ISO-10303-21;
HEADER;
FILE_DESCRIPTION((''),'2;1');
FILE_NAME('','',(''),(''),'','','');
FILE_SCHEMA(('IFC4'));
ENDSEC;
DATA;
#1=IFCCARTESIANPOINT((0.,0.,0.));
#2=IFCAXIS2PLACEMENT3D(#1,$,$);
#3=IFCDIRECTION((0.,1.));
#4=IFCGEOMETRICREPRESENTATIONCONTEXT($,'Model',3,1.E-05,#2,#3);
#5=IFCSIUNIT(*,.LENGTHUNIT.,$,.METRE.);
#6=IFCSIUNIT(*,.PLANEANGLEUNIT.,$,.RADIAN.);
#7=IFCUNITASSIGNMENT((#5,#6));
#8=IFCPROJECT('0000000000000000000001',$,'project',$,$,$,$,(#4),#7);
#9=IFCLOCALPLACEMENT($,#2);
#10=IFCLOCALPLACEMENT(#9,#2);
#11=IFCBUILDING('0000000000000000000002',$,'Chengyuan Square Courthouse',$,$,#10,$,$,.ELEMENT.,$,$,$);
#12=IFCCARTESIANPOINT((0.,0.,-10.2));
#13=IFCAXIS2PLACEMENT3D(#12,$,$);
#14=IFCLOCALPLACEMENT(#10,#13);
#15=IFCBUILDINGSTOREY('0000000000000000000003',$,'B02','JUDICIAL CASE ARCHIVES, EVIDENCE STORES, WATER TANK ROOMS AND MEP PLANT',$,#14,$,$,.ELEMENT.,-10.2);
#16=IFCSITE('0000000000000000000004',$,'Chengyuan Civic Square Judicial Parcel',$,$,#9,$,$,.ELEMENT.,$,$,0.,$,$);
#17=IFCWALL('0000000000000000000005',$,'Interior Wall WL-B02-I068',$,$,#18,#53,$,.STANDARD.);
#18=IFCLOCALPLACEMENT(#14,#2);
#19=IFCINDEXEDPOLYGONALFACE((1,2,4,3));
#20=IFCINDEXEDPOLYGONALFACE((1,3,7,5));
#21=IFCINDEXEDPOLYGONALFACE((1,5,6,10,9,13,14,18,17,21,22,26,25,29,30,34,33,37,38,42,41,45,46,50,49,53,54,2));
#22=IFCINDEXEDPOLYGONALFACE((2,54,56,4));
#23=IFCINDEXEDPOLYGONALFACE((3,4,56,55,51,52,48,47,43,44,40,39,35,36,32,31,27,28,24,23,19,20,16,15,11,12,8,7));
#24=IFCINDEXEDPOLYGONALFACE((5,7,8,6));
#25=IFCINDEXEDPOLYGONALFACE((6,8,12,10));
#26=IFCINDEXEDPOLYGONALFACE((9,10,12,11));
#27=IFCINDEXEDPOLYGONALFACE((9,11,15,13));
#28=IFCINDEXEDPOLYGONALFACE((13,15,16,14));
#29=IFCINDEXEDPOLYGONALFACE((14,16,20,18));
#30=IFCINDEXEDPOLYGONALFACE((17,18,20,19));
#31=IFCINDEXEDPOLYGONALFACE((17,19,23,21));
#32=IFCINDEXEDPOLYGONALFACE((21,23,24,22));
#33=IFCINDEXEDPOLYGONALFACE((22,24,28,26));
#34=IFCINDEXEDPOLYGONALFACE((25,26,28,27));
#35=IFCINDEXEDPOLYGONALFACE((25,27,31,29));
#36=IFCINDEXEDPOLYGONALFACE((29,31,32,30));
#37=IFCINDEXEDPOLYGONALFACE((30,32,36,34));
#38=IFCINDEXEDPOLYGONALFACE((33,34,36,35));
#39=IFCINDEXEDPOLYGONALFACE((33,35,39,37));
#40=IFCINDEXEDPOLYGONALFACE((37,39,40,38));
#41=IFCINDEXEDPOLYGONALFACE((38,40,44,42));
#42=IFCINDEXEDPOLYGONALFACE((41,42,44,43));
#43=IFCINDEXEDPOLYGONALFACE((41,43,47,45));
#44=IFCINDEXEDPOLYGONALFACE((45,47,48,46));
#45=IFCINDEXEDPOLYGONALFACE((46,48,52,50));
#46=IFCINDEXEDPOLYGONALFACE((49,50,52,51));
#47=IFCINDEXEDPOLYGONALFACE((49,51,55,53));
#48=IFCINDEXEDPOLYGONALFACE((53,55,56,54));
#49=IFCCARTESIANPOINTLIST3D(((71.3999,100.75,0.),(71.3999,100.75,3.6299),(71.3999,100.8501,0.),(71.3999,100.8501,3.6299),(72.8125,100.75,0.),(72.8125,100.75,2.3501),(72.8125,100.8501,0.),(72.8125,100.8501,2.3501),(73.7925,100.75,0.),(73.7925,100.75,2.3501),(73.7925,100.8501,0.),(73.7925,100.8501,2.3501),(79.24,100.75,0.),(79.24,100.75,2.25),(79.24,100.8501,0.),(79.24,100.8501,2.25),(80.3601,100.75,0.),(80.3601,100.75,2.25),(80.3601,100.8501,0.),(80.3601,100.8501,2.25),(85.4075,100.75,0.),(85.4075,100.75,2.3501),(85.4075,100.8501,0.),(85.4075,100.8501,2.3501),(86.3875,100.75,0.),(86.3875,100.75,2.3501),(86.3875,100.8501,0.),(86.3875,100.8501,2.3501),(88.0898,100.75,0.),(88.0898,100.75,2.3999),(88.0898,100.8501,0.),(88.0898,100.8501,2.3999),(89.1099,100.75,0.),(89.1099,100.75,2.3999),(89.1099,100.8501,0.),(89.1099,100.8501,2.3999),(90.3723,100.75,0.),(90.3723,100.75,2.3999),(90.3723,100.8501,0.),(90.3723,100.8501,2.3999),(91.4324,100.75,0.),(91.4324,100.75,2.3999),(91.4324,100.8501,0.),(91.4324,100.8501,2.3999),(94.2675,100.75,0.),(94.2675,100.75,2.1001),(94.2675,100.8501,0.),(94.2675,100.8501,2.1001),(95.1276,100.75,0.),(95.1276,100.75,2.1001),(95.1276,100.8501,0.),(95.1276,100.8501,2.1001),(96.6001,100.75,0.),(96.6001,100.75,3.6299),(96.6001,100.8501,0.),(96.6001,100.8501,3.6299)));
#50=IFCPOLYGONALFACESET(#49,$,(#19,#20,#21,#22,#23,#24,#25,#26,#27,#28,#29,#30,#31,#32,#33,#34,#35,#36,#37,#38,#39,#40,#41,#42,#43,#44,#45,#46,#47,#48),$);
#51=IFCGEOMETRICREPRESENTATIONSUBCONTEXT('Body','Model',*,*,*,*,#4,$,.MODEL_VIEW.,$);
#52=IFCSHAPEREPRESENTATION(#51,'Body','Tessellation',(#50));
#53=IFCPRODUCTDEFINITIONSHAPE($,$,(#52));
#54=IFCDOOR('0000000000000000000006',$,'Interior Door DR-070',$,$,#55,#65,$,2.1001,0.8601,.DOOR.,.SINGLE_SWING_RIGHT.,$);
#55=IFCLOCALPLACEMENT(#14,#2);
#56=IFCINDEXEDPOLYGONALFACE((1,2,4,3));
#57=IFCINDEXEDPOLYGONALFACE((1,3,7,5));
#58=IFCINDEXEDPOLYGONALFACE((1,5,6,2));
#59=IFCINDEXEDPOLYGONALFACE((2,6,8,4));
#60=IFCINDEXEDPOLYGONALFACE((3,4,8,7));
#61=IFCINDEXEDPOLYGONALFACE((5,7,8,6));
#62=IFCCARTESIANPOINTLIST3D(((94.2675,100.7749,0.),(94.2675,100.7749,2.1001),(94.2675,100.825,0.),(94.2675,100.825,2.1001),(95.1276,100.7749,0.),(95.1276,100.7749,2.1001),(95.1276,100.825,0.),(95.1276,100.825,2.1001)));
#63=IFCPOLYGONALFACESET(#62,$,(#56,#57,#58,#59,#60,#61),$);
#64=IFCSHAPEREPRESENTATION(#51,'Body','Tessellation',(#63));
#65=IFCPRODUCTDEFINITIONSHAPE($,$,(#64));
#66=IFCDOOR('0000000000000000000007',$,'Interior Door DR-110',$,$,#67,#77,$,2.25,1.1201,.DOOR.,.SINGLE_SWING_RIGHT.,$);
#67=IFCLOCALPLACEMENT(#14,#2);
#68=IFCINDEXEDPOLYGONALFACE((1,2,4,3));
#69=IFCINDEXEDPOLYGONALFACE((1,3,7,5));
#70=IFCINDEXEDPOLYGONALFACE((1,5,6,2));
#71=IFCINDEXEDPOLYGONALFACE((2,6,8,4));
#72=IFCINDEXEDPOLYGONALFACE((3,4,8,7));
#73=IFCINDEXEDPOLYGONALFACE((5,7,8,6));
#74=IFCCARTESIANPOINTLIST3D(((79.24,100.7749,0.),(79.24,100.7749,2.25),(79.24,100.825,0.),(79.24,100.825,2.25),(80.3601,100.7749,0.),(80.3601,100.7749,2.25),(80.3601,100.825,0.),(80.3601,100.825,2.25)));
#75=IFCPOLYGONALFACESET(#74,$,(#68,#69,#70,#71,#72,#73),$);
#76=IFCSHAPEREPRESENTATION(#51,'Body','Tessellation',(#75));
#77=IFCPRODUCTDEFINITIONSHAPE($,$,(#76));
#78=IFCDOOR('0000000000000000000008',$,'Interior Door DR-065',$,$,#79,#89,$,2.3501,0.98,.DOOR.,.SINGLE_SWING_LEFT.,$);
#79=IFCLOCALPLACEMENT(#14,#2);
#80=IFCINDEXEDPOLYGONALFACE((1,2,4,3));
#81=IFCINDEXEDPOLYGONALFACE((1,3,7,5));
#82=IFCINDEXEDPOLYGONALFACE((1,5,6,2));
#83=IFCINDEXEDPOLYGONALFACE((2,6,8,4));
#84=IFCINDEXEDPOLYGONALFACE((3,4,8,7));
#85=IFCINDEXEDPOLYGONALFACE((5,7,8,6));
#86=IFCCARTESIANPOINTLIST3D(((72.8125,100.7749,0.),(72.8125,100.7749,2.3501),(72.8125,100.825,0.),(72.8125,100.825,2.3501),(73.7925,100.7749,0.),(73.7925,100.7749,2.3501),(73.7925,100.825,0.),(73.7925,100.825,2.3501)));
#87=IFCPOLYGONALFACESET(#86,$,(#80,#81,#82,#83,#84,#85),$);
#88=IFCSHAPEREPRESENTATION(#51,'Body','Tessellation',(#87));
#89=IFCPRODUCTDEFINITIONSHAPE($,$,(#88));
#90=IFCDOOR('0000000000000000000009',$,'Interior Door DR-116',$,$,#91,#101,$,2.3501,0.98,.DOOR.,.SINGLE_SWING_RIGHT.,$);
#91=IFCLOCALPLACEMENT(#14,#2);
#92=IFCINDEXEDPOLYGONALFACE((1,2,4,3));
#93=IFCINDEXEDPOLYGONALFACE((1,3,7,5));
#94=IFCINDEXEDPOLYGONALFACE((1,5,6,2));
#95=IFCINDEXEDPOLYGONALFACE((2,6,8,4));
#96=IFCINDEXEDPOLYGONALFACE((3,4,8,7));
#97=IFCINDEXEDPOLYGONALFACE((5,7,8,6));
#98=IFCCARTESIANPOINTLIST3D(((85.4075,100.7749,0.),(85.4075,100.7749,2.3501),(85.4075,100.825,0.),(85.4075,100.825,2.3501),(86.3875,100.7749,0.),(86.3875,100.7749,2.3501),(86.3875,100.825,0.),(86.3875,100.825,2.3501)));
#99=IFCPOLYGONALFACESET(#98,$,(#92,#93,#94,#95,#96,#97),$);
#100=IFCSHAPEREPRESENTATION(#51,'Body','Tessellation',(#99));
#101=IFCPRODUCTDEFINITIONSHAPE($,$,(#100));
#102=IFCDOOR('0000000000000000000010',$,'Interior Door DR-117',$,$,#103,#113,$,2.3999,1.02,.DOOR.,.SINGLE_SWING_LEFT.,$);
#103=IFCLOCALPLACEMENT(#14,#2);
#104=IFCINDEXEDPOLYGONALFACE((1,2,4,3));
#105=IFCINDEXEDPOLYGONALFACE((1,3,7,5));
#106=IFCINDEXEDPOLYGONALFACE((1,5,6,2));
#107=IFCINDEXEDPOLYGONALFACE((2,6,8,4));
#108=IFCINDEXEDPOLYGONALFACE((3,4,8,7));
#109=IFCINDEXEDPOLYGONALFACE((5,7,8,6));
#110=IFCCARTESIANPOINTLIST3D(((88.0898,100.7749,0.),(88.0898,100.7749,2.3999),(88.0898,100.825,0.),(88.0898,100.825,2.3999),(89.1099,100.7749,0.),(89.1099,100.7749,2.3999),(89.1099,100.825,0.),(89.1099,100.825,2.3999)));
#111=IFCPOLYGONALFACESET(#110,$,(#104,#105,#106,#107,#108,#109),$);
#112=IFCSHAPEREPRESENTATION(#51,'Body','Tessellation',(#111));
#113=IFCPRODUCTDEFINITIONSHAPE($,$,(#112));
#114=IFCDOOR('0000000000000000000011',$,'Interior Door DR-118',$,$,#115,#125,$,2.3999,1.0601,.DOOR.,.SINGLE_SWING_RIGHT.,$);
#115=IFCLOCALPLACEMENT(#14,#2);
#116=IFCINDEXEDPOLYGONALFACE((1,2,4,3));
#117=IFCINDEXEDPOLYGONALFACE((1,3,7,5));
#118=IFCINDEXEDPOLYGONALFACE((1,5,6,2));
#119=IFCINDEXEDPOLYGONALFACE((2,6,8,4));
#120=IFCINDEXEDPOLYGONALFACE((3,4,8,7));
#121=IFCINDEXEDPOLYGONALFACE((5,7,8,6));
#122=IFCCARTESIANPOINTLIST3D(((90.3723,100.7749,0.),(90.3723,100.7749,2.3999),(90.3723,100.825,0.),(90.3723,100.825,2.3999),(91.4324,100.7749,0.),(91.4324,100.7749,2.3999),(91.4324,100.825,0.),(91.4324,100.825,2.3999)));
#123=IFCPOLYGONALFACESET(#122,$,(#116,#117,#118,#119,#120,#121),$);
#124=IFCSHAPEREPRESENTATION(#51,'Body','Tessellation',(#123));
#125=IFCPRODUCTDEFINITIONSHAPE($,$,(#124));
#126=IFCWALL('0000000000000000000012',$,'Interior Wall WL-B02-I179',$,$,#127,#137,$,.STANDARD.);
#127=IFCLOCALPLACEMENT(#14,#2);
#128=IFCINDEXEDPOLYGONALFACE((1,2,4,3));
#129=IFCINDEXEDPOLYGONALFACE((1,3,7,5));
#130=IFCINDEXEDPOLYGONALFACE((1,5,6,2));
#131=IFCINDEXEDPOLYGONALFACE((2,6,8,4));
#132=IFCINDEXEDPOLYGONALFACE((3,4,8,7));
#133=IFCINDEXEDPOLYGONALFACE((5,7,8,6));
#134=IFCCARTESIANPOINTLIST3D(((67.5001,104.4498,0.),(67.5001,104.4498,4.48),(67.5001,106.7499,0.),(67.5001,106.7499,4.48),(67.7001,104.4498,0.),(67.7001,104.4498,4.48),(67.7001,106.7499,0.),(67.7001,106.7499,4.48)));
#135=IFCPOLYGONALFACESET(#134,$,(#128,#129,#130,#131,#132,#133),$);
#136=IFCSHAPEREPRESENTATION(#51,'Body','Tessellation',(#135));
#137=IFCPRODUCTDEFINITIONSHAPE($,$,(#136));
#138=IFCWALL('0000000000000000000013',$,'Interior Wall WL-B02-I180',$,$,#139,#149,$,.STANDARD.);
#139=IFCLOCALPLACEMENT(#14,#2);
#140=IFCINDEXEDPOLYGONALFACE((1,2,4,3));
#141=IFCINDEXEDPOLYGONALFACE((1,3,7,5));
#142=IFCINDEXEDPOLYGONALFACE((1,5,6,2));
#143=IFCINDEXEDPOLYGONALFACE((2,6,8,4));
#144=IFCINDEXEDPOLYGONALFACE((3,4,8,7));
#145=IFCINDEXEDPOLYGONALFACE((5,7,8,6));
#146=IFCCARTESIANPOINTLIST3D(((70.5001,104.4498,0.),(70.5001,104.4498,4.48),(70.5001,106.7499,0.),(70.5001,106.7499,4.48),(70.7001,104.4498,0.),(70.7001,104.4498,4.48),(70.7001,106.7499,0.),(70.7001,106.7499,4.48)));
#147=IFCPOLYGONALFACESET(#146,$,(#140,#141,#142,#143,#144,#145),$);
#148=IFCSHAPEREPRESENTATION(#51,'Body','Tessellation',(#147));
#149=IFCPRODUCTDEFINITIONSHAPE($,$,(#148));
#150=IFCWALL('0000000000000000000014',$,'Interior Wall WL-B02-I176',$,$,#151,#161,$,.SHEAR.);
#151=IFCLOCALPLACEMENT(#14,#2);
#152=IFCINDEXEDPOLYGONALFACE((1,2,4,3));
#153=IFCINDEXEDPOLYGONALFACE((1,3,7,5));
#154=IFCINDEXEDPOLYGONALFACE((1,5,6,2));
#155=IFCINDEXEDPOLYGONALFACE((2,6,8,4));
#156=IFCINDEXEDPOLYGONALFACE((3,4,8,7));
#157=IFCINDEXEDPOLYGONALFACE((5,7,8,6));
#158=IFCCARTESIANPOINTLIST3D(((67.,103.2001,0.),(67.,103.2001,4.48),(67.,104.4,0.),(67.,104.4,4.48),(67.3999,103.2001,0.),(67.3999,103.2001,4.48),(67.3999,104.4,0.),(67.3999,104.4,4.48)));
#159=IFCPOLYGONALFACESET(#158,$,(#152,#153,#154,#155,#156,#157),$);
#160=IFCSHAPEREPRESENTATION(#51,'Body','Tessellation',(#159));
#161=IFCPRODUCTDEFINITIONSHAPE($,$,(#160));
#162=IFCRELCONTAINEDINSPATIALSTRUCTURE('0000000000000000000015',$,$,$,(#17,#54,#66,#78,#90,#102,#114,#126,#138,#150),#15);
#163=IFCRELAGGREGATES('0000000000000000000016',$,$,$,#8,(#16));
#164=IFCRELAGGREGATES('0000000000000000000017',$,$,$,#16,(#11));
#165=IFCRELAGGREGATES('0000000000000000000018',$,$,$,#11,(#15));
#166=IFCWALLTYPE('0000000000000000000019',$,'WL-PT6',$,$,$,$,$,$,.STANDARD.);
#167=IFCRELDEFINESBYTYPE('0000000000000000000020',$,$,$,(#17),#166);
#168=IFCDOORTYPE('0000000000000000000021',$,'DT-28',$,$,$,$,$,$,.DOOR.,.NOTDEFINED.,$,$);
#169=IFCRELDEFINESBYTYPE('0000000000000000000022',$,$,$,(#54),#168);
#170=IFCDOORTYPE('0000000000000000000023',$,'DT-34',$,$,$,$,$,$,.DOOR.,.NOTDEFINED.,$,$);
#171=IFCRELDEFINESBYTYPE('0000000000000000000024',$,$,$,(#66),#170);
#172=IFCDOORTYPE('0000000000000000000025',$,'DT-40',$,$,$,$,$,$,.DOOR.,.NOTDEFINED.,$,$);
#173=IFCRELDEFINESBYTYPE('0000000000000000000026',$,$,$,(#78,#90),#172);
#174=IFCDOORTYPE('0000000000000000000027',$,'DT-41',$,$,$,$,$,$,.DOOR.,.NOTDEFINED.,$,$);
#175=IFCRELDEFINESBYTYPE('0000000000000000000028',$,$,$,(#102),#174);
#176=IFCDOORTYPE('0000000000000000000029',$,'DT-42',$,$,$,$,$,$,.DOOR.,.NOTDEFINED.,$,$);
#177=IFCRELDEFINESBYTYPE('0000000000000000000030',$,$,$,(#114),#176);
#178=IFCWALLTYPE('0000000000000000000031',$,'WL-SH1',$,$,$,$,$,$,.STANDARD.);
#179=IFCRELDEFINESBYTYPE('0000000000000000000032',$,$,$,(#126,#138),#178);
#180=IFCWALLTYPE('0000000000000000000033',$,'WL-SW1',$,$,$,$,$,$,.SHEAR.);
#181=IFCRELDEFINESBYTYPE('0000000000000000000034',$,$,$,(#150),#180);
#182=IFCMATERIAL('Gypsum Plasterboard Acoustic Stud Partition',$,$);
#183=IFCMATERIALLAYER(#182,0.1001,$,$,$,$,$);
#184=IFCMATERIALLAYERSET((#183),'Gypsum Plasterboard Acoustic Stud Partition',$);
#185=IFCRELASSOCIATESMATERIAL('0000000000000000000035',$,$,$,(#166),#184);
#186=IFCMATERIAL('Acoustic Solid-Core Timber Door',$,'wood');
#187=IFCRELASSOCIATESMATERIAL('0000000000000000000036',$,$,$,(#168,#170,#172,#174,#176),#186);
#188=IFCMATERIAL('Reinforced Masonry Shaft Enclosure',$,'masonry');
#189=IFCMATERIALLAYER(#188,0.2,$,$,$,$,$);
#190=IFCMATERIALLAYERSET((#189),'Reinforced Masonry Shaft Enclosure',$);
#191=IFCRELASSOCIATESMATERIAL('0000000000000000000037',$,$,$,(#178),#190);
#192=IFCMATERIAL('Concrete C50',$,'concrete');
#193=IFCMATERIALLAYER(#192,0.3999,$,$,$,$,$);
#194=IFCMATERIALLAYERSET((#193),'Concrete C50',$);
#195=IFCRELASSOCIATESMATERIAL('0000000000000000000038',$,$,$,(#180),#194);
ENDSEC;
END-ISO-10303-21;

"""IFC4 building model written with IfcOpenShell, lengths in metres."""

from ifc_helpers import new_model, si_unit, direction, frame, frame_2d, origin, place, context, subcontext, project, spatial, rectangle, extrude, material, layer, layer_set, type_object, element, fill, save


model = new_model("IFC4")

# Units and contexts
model_context = context("Model", 3, precision=1e-05, world=origin(), true_north=direction((0.0, 1.0)))
body_context = subcontext(model_context, "Body", "Model", "MODEL_VIEW")
ifc_project = project(units=[si_unit("LENGTHUNIT", "METRE"), si_unit("PLANEANGLEUNIT", "RADIAN")], contexts=[model_context])

# Site, building, storey
site_placement = place(None, origin())
site = spatial("IfcSite", under=ifc_project, at=site_placement, Name="Chengyuan Civic Square Judicial Parcel", CompositionType="ELEMENT", RefElevation=0.0)
building_placement = place(site_placement, origin())
building = spatial("IfcBuilding", under=site, at=building_placement, Name="Chengyuan Square Courthouse", CompositionType="ELEMENT")
storey_placement = place(building_placement, frame((0.0, 0.0, -10.2)))
storey = spatial("IfcBuildingStorey", under=building, at=storey_placement, Name="B02", Description="JUDICIAL CASE ARCHIVES, EVIDENCE STORES, WATER TANK ROOMS AND MEP PLANT", CompositionType="ELEMENT", Elevation=-10.2)

# Wall, openings, doors
ifc_material_1 = material(Name="Gypsum Plasterboard Acoustic Stud Partition")
ifc_layer_1 = layer(ifc_material_1, 0.1001)
ifc_layer_set_1 = layer_set([ifc_layer_1], Name="Gypsum Plasterboard Acoustic Stud Partition")
wall_type_1 = type_object("IfcWallType", Name="WL-PT6", PredefinedType="STANDARD", material=ifc_layer_set_1)
wall_1_placement = place(storey_placement, frame((71.3999, 100.8, 0.0), z_axis=(0.0, 0.0, 1.0), x_axis=(1.0, 0.0, 0.0)))
wall_1 = element("IfcWall", 1, at=wall_1_placement, inside=storey, type_object=wall_type_1, Name="Interior Wall WL-B02-I068", PredefinedType="STANDARD", context=body_context, shape_type="SweptSolid", body=[
    extrude(rectangle(XDim=25.2002, YDim=0.1001, at=frame_2d((12.6001, 0.0))), origin(), (0.0, 0.0, 1.0), 3.6299),
])
opening_1_placement = place(wall_1_placement, frame((1.4126, 0.0, 0.0)))
opening_1 = element("IfcOpeningElement", 2, at=opening_1_placement, cuts=wall_1, PredefinedType="OPENING", context=body_context, shape_type="SweptSolid", body=[
    extrude(rectangle(XDim=0.98, YDim=2.3501, at=frame_2d((0.49, 1.175))), frame((0.0, 0.062, 0.0), z_axis=(0.0, -1.0, 0.0), x_axis=(1.0, 0.0, 0.0)), (0.0, 0.0, 1.0), 0.124),
])
opening_2_placement = place(wall_1_placement, frame((22.8674, 0.0, 0.0)))
opening_2 = element("IfcOpeningElement", 3, at=opening_2_placement, cuts=wall_1, PredefinedType="OPENING", context=body_context, shape_type="SweptSolid", body=[
    extrude(rectangle(XDim=0.8601, YDim=2.1001, at=frame_2d((0.4302, 1.05))), frame((0.0, 0.062, 0.0), z_axis=(0.0, -1.0, 0.0), x_axis=(1.0, 0.0, 0.0)), (0.0, 0.0, 1.0), 0.124),
])
opening_3_placement = place(wall_1_placement, frame((7.8401, 0.0, 0.0)))
opening_3 = element("IfcOpeningElement", 4, at=opening_3_placement, cuts=wall_1, PredefinedType="OPENING", context=body_context, shape_type="SweptSolid", body=[
    extrude(rectangle(XDim=1.1201, YDim=2.25, at=frame_2d((0.5601, 1.125))), frame((0.0, 0.062, 0.0), z_axis=(0.0, -1.0, 0.0), x_axis=(1.0, 0.0, 0.0)), (0.0, 0.0, 1.0), 0.124),
])
opening_4_placement = place(wall_1_placement, frame((14.0076, 0.0, 0.0)))
opening_4 = element("IfcOpeningElement", 5, at=opening_4_placement, cuts=wall_1, PredefinedType="OPENING", context=body_context, shape_type="SweptSolid", body=[
    extrude(rectangle(XDim=0.98, YDim=2.3501, at=frame_2d((0.49, 1.175))), frame((0.0, 0.062, 0.0), z_axis=(0.0, -1.0, 0.0), x_axis=(1.0, 0.0, 0.0)), (0.0, 0.0, 1.0), 0.124),
])
opening_5_placement = place(wall_1_placement, frame((16.6899, 0.0, 0.0)))
opening_5 = element("IfcOpeningElement", 6, at=opening_5_placement, cuts=wall_1, PredefinedType="OPENING", context=body_context, shape_type="SweptSolid", body=[
    extrude(rectangle(XDim=1.02, YDim=2.3999, at=frame_2d((0.51, 1.2))), frame((0.0, 0.062, 0.0), z_axis=(0.0, -1.0, 0.0), x_axis=(1.0, 0.0, 0.0)), (0.0, 0.0, 1.0), 0.124),
])
opening_6_placement = place(wall_1_placement, frame((18.9724, 0.0, 0.0)))
opening_6 = element("IfcOpeningElement", 7, at=opening_6_placement, cuts=wall_1, PredefinedType="OPENING", context=body_context, shape_type="SweptSolid", body=[
    extrude(rectangle(XDim=1.0601, YDim=2.3999, at=frame_2d((0.53, 1.2))), frame((0.0, 0.062, 0.0), z_axis=(0.0, -1.0, 0.0), x_axis=(1.0, 0.0, 0.0)), (0.0, 0.0, 1.0), 0.124),
])
ifc_material_2 = material(Name="Acoustic Solid-Core Timber Door", Category="wood")
door_type_1 = type_object("IfcDoorType", Name="DT-28", OperationType="NOTDEFINED", PredefinedType="DOOR", material=ifc_material_2)
door_1_placement = place(opening_2_placement, origin())
door_1 = element("IfcDoor", 8, at=door_1_placement, inside=storey, type_object=door_type_1, Name="Interior Door DR-070", OperationType="SINGLE_SWING_RIGHT", OverallHeight=2.1001, OverallWidth=0.8601, PredefinedType="DOOR", context=body_context, shape_type="SweptSolid", body=[
    extrude(rectangle(XDim=0.8601, YDim=2.1001, at=frame_2d((0.4302, 1.05))), frame((0.0, 0.0249, 0.0), z_axis=(0.0, -1.0, 0.0), x_axis=(1.0, 0.0, 0.0)), (0.0, 0.0, 1.0), 0.05),
])
fill(opening_2, door_1)
door_type_2 = type_object("IfcDoorType", Name="DT-34", OperationType="NOTDEFINED", PredefinedType="DOOR", material=ifc_material_2)
door_2_placement = place(opening_3_placement, origin())
door_2 = element("IfcDoor", 9, at=door_2_placement, inside=storey, type_object=door_type_2, Name="Interior Door DR-110", OperationType="SINGLE_SWING_RIGHT", OverallHeight=2.25, OverallWidth=1.1201, PredefinedType="DOOR", context=body_context, shape_type="SweptSolid", body=[
    extrude(rectangle(XDim=1.1201, YDim=2.25, at=frame_2d((0.5601, 1.125))), frame((0.0, 0.0249, 0.0), z_axis=(0.0, -1.0, 0.0), x_axis=(1.0, 0.0, 0.0)), (0.0, 0.0, 1.0), 0.05),
])
fill(opening_3, door_2)
door_type_3 = type_object("IfcDoorType", Name="DT-40", OperationType="NOTDEFINED", PredefinedType="DOOR", material=ifc_material_2)
door_3_placement = place(opening_1_placement, origin())
door_3 = element("IfcDoor", 10, at=door_3_placement, inside=storey, type_object=door_type_3, Name="Interior Door DR-065", OperationType="SINGLE_SWING_LEFT", OverallHeight=2.3501, OverallWidth=0.98, PredefinedType="DOOR", context=body_context, shape_type="SweptSolid", body=[
    extrude(rectangle(XDim=0.98, YDim=2.3501, at=frame_2d((0.49, 1.175))), frame((0.0, 0.0249, 0.0), z_axis=(0.0, -1.0, 0.0), x_axis=(1.0, 0.0, 0.0)), (0.0, 0.0, 1.0), 0.05),
])
fill(opening_1, door_3)
door_4_placement = place(opening_4_placement, origin())
door_4 = element("IfcDoor", 11, at=door_4_placement, inside=storey, type_object=door_type_3, Name="Interior Door DR-116", OperationType="SINGLE_SWING_RIGHT", OverallHeight=2.3501, OverallWidth=0.98, PredefinedType="DOOR", context=body_context, shape_type="SweptSolid", body=[
    extrude(rectangle(XDim=0.98, YDim=2.3501, at=frame_2d((0.49, 1.175))), frame((0.0, 0.0249, 0.0), z_axis=(0.0, -1.0, 0.0), x_axis=(1.0, 0.0, 0.0)), (0.0, 0.0, 1.0), 0.05),
])
fill(opening_4, door_4)
door_type_4 = type_object("IfcDoorType", Name="DT-41", OperationType="NOTDEFINED", PredefinedType="DOOR", material=ifc_material_2)
door_5_placement = place(opening_5_placement, origin())
door_5 = element("IfcDoor", 12, at=door_5_placement, inside=storey, type_object=door_type_4, Name="Interior Door DR-117", OperationType="SINGLE_SWING_LEFT", OverallHeight=2.3999, OverallWidth=1.02, PredefinedType="DOOR", context=body_context, shape_type="SweptSolid", body=[
    extrude(rectangle(XDim=1.02, YDim=2.3999, at=frame_2d((0.51, 1.2))), frame((0.0, 0.0249, 0.0), z_axis=(0.0, -1.0, 0.0), x_axis=(1.0, 0.0, 0.0)), (0.0, 0.0, 1.0), 0.05),
])
fill(opening_5, door_5)
door_type_5 = type_object("IfcDoorType", Name="DT-42", OperationType="NOTDEFINED", PredefinedType="DOOR", material=ifc_material_2)
door_6_placement = place(opening_6_placement, origin())
door_6 = element("IfcDoor", 13, at=door_6_placement, inside=storey, type_object=door_type_5, Name="Interior Door DR-118", OperationType="SINGLE_SWING_RIGHT", OverallHeight=2.3999, OverallWidth=1.0601, PredefinedType="DOOR", context=body_context, shape_type="SweptSolid", body=[
    extrude(rectangle(XDim=1.0601, YDim=2.3999, at=frame_2d((0.53, 1.2))), frame((0.0, 0.0249, 0.0), z_axis=(0.0, -1.0, 0.0), x_axis=(1.0, 0.0, 0.0)), (0.0, 0.0, 1.0), 0.05),
])
fill(opening_6, door_6)

# Shared definitions
ifc_material_3 = material(Name="Reinforced Masonry Shaft Enclosure", Category="masonry")
ifc_layer_2 = layer(ifc_material_3, 0.2)
ifc_layer_set_2 = layer_set([ifc_layer_2], Name="Reinforced Masonry Shaft Enclosure")
wall_type_2 = type_object("IfcWallType", Name="WL-SH1", PredefinedType="STANDARD", material=ifc_layer_set_2)

# Walls
for number, where, z_axis, x_axis, name in (
    (14, (67.6001, 104.45, 0.0), (0.0, 0.0, 1.0), (0.0, 1.0, 0.0), "Interior Wall WL-B02-I179"),
    (15, (70.6001, 104.45, 0.0), (0.0, 0.0, 1.0), (0.0, 1.0, 0.0), "Interior Wall WL-B02-I180"),
):
    element("IfcWall", number, at=place(storey_placement, frame(where, z_axis=z_axis, x_axis=x_axis)), inside=storey, type_object=wall_type_2, Name=name, PredefinedType="STANDARD", context=body_context, shape_type="SweptSolid", body=[
        extrude(rectangle(XDim=2.3, YDim=0.2, at=frame_2d((1.1499, 0.0))), origin(), (0.0, 0.0, 1.0), 4.48),
    ])
ifc_material_4 = material(Name="Concrete C50", Category="concrete")
ifc_layer_3 = layer(ifc_material_4, 0.3999)
ifc_layer_set_3 = layer_set([ifc_layer_3], Name="Concrete C50")
wall_type_3 = type_object("IfcWallType", Name="WL-SW1", PredefinedType="SHEAR", material=ifc_layer_set_3)
wall_2_placement = place(storey_placement, frame((67.2, 103.2, 0.0), z_axis=(0.0, 0.0, 1.0), x_axis=(0.0, 1.0, 0.0)))
element("IfcWall", 16, at=wall_2_placement, inside=storey, type_object=wall_type_3, Name="Interior Wall WL-B02-I176", PredefinedType="SHEAR", context=body_context, shape_type="SweptSolid", body=[
    extrude(rectangle(XDim=1.2, YDim=0.3999, at=frame_2d((0.6001, 0.0))), origin(), (0.0, 0.0, 1.0), 4.48),
])

save(model, "model.ifc")
